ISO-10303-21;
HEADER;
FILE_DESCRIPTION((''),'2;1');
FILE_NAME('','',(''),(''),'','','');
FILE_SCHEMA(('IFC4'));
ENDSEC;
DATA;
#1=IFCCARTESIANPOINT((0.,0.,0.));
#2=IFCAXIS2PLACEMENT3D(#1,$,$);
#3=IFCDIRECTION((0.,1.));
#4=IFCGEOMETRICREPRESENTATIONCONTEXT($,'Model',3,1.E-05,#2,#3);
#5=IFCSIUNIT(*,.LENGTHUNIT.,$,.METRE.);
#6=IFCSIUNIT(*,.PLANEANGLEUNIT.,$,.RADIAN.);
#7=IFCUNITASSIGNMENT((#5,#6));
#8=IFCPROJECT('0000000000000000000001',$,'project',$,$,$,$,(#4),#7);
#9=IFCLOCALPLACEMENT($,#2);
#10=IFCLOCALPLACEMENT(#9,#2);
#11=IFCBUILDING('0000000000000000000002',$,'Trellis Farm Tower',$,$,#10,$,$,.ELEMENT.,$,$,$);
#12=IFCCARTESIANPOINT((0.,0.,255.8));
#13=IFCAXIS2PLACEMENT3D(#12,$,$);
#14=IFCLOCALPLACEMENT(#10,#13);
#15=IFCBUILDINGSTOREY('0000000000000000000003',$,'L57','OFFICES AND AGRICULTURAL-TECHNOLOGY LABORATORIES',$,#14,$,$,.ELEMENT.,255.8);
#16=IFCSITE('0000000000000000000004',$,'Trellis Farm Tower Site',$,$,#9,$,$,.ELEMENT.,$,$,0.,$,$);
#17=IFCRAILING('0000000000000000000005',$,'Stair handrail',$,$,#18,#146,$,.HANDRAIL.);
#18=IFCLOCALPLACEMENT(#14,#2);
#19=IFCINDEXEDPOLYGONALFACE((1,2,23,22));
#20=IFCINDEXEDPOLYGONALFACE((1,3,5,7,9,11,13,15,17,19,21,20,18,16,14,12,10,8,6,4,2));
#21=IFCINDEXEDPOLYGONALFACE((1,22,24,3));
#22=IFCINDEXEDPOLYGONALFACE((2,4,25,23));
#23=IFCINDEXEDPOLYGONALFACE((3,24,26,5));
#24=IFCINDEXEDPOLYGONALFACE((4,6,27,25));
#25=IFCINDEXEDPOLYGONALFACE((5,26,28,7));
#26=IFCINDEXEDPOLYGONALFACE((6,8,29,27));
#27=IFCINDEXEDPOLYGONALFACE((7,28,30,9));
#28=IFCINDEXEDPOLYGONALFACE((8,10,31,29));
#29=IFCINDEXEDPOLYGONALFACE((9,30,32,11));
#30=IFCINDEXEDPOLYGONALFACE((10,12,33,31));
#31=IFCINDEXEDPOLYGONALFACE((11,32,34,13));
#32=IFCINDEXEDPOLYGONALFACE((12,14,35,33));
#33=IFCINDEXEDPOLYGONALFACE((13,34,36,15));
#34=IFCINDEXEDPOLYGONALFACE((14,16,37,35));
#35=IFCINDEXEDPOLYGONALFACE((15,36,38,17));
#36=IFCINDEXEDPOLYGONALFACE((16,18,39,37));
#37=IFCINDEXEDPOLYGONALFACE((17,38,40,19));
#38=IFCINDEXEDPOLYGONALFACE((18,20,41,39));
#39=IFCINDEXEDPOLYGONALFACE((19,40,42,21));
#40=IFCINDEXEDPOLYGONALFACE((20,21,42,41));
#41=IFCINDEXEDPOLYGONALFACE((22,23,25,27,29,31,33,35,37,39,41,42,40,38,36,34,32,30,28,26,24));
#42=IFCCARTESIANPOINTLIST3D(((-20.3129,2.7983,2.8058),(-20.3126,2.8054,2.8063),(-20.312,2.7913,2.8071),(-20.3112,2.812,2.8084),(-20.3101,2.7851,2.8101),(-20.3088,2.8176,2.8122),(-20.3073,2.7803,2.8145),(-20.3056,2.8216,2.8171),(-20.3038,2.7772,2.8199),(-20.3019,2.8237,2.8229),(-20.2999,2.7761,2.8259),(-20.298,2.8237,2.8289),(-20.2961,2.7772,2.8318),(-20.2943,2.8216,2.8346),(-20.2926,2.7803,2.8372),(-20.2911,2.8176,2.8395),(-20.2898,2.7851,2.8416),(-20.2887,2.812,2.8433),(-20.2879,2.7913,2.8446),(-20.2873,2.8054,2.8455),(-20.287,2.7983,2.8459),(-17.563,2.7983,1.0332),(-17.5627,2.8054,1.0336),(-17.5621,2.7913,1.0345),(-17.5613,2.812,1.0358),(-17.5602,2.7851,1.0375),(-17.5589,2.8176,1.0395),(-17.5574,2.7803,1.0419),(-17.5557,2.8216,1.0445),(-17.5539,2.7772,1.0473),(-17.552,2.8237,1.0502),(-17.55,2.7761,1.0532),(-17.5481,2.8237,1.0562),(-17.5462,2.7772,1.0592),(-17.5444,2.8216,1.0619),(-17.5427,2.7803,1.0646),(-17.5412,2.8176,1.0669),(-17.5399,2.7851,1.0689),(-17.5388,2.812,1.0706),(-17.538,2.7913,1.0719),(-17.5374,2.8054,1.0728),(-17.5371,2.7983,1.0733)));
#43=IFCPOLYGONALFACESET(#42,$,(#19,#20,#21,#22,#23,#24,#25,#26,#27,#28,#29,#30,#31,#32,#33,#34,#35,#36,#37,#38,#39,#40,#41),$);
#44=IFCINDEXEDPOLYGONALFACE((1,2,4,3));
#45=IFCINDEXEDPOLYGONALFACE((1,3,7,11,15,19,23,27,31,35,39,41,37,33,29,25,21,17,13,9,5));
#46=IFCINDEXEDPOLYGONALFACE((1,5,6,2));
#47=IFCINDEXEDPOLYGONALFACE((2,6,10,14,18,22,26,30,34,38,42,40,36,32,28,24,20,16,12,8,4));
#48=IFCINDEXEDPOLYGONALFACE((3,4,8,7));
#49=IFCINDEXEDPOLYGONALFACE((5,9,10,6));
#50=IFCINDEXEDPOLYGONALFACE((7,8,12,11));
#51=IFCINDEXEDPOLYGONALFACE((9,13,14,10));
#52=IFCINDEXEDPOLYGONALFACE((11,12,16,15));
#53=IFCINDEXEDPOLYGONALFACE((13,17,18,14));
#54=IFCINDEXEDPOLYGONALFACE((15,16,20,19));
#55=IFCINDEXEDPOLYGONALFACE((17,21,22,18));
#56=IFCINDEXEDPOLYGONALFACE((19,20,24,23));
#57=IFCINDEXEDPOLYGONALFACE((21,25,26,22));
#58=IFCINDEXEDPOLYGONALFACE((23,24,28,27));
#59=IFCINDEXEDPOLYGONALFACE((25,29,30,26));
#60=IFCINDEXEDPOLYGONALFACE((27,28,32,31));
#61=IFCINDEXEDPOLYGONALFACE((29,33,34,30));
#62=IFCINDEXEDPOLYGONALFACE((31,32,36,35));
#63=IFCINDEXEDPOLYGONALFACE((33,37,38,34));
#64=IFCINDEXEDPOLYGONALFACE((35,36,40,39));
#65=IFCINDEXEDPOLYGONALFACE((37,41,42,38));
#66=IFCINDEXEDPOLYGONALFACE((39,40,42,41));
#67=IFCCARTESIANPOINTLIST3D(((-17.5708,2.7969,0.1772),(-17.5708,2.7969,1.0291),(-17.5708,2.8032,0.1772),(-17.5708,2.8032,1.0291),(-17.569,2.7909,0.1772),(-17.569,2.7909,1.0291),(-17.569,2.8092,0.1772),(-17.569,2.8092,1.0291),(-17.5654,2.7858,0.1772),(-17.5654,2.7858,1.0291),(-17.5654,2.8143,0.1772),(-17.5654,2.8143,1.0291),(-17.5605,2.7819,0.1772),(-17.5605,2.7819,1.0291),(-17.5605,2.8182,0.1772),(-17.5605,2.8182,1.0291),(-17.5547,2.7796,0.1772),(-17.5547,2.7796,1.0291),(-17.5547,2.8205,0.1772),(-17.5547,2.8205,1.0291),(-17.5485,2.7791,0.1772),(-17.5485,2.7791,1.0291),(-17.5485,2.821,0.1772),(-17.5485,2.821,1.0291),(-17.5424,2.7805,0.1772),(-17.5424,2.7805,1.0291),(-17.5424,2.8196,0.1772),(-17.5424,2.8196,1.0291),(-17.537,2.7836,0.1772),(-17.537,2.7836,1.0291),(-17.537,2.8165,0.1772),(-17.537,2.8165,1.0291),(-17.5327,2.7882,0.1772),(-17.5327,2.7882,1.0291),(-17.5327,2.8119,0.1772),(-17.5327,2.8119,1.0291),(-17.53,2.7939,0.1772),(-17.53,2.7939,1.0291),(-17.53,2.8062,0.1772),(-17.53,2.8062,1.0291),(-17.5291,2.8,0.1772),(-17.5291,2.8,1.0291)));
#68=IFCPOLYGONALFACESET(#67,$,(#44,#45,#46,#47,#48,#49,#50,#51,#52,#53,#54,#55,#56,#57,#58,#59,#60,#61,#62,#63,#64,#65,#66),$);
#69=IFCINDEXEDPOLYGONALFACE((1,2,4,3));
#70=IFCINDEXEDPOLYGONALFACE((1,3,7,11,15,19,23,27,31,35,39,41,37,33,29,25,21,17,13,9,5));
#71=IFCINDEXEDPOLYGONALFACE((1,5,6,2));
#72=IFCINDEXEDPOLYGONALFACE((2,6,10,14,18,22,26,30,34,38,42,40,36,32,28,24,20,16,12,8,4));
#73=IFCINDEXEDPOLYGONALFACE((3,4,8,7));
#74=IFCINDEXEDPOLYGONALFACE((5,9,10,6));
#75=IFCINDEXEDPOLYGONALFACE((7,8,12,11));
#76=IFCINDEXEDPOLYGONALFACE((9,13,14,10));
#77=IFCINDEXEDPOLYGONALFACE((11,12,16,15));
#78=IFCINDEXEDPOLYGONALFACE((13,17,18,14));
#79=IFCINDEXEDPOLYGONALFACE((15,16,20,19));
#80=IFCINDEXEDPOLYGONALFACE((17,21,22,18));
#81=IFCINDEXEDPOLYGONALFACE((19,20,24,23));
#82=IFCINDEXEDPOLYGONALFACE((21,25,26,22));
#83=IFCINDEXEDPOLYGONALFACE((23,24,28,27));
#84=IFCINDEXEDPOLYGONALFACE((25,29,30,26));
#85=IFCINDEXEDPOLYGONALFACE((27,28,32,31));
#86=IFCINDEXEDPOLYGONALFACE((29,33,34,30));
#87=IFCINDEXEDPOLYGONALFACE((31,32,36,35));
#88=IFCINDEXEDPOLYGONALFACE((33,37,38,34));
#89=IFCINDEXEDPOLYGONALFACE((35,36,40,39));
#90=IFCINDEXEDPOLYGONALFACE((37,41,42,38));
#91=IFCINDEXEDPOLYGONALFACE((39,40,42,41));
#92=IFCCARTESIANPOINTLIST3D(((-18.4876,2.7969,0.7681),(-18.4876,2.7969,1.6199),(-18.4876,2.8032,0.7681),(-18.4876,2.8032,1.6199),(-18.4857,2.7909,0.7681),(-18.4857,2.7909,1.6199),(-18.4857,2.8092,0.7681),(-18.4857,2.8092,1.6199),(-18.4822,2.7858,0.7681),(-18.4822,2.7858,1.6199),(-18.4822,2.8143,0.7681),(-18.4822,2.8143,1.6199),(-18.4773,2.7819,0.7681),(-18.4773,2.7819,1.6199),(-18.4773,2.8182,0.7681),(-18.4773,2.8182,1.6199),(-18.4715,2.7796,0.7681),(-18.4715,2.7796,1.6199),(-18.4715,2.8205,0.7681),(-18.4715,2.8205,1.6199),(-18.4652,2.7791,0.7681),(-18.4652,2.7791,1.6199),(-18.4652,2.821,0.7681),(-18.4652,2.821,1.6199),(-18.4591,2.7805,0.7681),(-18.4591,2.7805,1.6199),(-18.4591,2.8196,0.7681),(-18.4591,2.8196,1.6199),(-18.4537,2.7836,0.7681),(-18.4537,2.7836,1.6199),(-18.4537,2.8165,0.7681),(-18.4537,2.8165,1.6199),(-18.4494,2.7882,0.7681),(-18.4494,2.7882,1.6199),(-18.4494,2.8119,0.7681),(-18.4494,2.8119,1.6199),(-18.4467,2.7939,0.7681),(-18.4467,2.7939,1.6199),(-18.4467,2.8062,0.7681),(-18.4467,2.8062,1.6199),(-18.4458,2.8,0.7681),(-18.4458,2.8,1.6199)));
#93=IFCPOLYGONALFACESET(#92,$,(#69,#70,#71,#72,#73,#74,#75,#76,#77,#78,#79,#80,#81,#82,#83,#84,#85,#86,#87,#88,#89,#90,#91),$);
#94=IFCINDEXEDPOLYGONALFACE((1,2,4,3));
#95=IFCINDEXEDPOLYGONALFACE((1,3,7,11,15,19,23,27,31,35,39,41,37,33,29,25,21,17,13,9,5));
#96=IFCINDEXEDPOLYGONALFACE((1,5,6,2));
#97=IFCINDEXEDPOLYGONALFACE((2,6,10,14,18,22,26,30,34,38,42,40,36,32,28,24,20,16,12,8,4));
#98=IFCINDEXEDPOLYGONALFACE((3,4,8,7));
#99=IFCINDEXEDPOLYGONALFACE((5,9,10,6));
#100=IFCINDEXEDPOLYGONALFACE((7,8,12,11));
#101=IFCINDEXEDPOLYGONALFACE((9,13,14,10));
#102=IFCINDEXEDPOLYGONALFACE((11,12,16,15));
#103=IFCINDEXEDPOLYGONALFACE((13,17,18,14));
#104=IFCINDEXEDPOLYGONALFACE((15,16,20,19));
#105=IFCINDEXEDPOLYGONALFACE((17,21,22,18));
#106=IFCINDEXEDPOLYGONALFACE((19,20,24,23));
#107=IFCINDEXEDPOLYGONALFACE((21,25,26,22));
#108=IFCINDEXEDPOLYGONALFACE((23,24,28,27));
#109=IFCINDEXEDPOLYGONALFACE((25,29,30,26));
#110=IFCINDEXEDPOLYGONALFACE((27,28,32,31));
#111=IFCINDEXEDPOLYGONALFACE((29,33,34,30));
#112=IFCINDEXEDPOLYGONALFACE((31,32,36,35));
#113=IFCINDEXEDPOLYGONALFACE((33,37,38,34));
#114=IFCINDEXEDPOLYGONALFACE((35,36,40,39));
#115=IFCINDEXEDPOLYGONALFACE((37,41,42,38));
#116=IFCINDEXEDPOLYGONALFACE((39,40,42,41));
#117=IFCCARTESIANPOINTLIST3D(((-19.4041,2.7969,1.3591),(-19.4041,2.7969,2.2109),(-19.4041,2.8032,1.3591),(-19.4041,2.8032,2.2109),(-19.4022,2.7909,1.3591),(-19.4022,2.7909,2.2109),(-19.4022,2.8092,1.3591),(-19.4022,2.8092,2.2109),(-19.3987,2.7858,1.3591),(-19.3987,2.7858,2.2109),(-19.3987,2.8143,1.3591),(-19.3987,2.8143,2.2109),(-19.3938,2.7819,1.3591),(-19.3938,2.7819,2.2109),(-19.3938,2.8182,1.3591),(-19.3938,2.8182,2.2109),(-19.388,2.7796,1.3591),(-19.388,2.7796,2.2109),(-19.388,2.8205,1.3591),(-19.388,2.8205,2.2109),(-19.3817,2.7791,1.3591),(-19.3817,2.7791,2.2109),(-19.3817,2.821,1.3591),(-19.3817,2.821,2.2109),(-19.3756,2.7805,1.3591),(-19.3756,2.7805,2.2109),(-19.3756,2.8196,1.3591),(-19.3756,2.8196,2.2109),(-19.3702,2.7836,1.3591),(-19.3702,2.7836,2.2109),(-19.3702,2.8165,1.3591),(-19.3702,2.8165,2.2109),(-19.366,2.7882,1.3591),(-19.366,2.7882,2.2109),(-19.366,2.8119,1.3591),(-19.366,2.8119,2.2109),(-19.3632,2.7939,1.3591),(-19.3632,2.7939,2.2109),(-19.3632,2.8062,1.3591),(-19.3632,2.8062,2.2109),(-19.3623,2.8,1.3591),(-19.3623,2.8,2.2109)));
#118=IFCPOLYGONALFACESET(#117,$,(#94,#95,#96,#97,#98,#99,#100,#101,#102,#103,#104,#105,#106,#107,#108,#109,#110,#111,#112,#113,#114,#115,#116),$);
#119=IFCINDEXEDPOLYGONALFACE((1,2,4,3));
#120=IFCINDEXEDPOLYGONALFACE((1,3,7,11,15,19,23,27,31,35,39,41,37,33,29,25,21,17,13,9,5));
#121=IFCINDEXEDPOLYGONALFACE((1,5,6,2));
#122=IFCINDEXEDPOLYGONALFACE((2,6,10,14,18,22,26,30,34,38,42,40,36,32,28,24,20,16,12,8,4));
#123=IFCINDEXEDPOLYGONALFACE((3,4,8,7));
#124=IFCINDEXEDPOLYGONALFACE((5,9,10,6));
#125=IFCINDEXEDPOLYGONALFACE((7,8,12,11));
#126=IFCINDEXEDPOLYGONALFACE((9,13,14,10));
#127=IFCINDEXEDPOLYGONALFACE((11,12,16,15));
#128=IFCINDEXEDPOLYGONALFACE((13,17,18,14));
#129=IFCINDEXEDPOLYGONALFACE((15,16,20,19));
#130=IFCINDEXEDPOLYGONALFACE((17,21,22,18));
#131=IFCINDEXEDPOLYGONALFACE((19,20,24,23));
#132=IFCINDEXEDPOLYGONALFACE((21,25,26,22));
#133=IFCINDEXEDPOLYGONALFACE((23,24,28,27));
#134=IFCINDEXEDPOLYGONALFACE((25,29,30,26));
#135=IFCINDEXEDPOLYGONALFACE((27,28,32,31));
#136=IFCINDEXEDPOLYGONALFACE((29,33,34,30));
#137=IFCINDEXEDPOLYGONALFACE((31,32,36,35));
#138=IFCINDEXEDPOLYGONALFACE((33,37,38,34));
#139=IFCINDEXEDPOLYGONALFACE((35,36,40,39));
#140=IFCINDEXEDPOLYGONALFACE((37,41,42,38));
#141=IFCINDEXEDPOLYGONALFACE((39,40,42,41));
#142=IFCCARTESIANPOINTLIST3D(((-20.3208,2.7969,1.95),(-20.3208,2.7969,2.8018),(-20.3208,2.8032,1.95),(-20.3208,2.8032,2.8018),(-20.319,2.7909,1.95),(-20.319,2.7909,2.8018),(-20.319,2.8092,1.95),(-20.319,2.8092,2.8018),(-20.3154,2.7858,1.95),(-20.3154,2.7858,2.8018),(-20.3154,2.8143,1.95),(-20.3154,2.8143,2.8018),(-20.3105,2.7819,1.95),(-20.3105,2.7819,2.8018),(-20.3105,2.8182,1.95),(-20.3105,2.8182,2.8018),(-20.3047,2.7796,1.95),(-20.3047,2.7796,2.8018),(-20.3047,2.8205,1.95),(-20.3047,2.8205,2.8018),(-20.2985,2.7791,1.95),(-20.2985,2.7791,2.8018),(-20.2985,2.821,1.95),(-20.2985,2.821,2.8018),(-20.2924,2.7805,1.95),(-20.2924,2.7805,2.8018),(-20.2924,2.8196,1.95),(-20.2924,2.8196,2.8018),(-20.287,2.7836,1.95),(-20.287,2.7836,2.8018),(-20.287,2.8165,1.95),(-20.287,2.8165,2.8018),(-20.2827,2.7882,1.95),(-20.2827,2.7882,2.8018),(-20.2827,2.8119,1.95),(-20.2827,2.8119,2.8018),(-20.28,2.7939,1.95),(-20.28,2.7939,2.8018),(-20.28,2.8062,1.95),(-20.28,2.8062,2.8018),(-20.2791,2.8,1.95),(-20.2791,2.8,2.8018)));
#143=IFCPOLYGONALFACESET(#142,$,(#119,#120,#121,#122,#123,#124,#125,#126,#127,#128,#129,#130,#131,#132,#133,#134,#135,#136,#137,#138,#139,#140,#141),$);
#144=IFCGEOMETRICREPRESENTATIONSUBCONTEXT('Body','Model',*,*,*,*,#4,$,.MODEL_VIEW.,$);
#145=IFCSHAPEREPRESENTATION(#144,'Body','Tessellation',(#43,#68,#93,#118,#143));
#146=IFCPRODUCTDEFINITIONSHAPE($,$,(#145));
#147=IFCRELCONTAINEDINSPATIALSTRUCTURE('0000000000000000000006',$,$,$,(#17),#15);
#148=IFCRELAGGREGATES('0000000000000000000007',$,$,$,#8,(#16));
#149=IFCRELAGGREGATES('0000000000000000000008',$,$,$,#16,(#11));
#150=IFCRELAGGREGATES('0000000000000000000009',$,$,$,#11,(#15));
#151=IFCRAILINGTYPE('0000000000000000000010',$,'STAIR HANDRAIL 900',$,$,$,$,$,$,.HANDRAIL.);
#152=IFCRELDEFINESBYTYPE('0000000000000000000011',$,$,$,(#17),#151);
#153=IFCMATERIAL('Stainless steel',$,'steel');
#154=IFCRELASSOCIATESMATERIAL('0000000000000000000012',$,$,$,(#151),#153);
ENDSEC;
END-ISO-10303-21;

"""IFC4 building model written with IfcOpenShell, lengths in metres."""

from ifc_helpers import new_model, si_unit, direction, frame, origin, origin_2d, place, context, subcontext, project, spatial, circle, extrude, source, transform, mapped, material, type_object, element, save


model = new_model("IFC4")

# Units and contexts
model_context = context("Model", 3, precision=1e-05, world=origin(), true_north=direction((0.0, 1.0)))
body_context = subcontext(model_context, "Body", "Model", "MODEL_VIEW")
ifc_project = project(units=[si_unit("LENGTHUNIT", "METRE"), si_unit("PLANEANGLEUNIT", "RADIAN")], contexts=[model_context])

# Site, building, storey
site_placement = place(None, origin())
site = spatial("IfcSite", under=ifc_project, at=site_placement, Name="Trellis Farm Tower Site", CompositionType="ELEMENT", RefElevation=0.0)
building_placement = place(site_placement, origin())
building = spatial("IfcBuilding", under=site, at=building_placement, Name="Trellis Farm Tower", CompositionType="ELEMENT")
storey_placement = place(building_placement, frame((0.0, 0.0, 255.8)))
storey = spatial("IfcBuildingStorey", under=building, at=storey_placement, Name="L57", Description="OFFICES AND AGRICULTURAL-TECHNOLOGY LABORATORIES", CompositionType="ELEMENT", Elevation=255.8)

# Railing
ifc_material_1 = material(Name="Stainless steel", Category="steel")
railing_type = type_object("IfcRailingType", Name="STAIR HANDRAIL 900", PredefinedType="HANDRAIL", material=ifc_material_1)
shared_shape_1 = source(origin(), body_context, "Body", "SweptSolid", [
    extrude(circle(Radius=0.0239, at=origin_2d()), frame((0.0, 0.0, 0.876), z_axis=(-0.840504, 0.0, 0.541806), x_axis=(0.0, -1.0, 0.0)), (0.0, 0.0, 1.0), 3.2717),
    extrude(circle(Radius=0.021, at=origin_2d()), origin(), (0.0, 0.0, 1.0), 0.8518),
    extrude(circle(Radius=0.021, at=origin_2d()), frame((-0.9167, 0.0, 0.5908)), (0.0, 0.0, 1.0), 0.8518),
    extrude(circle(Radius=0.021, at=origin_2d()), frame((-1.8333, 0.0, 1.1819)), (0.0, 0.0, 1.0), 0.8518),
    extrude(circle(Radius=0.021, at=origin_2d()), frame((-2.75, 0.0, 1.7727)), (0.0, 0.0, 1.0), 0.8518),
])
for number, where, name in (
    (1, (-17.55, 2.8, 0.1772), "Stair handrail"),
):
    element("IfcRailing", number, at=place(storey_placement, frame(where)), inside=storey, type_object=railing_type, Name=name, PredefinedType="HANDRAIL", context=body_context, shape_type="MappedRepresentation", body=[
        mapped(shared_shape_1, transform((0.0, 0.0, 0.0))),
    ])

save(model, "model.ifc")
